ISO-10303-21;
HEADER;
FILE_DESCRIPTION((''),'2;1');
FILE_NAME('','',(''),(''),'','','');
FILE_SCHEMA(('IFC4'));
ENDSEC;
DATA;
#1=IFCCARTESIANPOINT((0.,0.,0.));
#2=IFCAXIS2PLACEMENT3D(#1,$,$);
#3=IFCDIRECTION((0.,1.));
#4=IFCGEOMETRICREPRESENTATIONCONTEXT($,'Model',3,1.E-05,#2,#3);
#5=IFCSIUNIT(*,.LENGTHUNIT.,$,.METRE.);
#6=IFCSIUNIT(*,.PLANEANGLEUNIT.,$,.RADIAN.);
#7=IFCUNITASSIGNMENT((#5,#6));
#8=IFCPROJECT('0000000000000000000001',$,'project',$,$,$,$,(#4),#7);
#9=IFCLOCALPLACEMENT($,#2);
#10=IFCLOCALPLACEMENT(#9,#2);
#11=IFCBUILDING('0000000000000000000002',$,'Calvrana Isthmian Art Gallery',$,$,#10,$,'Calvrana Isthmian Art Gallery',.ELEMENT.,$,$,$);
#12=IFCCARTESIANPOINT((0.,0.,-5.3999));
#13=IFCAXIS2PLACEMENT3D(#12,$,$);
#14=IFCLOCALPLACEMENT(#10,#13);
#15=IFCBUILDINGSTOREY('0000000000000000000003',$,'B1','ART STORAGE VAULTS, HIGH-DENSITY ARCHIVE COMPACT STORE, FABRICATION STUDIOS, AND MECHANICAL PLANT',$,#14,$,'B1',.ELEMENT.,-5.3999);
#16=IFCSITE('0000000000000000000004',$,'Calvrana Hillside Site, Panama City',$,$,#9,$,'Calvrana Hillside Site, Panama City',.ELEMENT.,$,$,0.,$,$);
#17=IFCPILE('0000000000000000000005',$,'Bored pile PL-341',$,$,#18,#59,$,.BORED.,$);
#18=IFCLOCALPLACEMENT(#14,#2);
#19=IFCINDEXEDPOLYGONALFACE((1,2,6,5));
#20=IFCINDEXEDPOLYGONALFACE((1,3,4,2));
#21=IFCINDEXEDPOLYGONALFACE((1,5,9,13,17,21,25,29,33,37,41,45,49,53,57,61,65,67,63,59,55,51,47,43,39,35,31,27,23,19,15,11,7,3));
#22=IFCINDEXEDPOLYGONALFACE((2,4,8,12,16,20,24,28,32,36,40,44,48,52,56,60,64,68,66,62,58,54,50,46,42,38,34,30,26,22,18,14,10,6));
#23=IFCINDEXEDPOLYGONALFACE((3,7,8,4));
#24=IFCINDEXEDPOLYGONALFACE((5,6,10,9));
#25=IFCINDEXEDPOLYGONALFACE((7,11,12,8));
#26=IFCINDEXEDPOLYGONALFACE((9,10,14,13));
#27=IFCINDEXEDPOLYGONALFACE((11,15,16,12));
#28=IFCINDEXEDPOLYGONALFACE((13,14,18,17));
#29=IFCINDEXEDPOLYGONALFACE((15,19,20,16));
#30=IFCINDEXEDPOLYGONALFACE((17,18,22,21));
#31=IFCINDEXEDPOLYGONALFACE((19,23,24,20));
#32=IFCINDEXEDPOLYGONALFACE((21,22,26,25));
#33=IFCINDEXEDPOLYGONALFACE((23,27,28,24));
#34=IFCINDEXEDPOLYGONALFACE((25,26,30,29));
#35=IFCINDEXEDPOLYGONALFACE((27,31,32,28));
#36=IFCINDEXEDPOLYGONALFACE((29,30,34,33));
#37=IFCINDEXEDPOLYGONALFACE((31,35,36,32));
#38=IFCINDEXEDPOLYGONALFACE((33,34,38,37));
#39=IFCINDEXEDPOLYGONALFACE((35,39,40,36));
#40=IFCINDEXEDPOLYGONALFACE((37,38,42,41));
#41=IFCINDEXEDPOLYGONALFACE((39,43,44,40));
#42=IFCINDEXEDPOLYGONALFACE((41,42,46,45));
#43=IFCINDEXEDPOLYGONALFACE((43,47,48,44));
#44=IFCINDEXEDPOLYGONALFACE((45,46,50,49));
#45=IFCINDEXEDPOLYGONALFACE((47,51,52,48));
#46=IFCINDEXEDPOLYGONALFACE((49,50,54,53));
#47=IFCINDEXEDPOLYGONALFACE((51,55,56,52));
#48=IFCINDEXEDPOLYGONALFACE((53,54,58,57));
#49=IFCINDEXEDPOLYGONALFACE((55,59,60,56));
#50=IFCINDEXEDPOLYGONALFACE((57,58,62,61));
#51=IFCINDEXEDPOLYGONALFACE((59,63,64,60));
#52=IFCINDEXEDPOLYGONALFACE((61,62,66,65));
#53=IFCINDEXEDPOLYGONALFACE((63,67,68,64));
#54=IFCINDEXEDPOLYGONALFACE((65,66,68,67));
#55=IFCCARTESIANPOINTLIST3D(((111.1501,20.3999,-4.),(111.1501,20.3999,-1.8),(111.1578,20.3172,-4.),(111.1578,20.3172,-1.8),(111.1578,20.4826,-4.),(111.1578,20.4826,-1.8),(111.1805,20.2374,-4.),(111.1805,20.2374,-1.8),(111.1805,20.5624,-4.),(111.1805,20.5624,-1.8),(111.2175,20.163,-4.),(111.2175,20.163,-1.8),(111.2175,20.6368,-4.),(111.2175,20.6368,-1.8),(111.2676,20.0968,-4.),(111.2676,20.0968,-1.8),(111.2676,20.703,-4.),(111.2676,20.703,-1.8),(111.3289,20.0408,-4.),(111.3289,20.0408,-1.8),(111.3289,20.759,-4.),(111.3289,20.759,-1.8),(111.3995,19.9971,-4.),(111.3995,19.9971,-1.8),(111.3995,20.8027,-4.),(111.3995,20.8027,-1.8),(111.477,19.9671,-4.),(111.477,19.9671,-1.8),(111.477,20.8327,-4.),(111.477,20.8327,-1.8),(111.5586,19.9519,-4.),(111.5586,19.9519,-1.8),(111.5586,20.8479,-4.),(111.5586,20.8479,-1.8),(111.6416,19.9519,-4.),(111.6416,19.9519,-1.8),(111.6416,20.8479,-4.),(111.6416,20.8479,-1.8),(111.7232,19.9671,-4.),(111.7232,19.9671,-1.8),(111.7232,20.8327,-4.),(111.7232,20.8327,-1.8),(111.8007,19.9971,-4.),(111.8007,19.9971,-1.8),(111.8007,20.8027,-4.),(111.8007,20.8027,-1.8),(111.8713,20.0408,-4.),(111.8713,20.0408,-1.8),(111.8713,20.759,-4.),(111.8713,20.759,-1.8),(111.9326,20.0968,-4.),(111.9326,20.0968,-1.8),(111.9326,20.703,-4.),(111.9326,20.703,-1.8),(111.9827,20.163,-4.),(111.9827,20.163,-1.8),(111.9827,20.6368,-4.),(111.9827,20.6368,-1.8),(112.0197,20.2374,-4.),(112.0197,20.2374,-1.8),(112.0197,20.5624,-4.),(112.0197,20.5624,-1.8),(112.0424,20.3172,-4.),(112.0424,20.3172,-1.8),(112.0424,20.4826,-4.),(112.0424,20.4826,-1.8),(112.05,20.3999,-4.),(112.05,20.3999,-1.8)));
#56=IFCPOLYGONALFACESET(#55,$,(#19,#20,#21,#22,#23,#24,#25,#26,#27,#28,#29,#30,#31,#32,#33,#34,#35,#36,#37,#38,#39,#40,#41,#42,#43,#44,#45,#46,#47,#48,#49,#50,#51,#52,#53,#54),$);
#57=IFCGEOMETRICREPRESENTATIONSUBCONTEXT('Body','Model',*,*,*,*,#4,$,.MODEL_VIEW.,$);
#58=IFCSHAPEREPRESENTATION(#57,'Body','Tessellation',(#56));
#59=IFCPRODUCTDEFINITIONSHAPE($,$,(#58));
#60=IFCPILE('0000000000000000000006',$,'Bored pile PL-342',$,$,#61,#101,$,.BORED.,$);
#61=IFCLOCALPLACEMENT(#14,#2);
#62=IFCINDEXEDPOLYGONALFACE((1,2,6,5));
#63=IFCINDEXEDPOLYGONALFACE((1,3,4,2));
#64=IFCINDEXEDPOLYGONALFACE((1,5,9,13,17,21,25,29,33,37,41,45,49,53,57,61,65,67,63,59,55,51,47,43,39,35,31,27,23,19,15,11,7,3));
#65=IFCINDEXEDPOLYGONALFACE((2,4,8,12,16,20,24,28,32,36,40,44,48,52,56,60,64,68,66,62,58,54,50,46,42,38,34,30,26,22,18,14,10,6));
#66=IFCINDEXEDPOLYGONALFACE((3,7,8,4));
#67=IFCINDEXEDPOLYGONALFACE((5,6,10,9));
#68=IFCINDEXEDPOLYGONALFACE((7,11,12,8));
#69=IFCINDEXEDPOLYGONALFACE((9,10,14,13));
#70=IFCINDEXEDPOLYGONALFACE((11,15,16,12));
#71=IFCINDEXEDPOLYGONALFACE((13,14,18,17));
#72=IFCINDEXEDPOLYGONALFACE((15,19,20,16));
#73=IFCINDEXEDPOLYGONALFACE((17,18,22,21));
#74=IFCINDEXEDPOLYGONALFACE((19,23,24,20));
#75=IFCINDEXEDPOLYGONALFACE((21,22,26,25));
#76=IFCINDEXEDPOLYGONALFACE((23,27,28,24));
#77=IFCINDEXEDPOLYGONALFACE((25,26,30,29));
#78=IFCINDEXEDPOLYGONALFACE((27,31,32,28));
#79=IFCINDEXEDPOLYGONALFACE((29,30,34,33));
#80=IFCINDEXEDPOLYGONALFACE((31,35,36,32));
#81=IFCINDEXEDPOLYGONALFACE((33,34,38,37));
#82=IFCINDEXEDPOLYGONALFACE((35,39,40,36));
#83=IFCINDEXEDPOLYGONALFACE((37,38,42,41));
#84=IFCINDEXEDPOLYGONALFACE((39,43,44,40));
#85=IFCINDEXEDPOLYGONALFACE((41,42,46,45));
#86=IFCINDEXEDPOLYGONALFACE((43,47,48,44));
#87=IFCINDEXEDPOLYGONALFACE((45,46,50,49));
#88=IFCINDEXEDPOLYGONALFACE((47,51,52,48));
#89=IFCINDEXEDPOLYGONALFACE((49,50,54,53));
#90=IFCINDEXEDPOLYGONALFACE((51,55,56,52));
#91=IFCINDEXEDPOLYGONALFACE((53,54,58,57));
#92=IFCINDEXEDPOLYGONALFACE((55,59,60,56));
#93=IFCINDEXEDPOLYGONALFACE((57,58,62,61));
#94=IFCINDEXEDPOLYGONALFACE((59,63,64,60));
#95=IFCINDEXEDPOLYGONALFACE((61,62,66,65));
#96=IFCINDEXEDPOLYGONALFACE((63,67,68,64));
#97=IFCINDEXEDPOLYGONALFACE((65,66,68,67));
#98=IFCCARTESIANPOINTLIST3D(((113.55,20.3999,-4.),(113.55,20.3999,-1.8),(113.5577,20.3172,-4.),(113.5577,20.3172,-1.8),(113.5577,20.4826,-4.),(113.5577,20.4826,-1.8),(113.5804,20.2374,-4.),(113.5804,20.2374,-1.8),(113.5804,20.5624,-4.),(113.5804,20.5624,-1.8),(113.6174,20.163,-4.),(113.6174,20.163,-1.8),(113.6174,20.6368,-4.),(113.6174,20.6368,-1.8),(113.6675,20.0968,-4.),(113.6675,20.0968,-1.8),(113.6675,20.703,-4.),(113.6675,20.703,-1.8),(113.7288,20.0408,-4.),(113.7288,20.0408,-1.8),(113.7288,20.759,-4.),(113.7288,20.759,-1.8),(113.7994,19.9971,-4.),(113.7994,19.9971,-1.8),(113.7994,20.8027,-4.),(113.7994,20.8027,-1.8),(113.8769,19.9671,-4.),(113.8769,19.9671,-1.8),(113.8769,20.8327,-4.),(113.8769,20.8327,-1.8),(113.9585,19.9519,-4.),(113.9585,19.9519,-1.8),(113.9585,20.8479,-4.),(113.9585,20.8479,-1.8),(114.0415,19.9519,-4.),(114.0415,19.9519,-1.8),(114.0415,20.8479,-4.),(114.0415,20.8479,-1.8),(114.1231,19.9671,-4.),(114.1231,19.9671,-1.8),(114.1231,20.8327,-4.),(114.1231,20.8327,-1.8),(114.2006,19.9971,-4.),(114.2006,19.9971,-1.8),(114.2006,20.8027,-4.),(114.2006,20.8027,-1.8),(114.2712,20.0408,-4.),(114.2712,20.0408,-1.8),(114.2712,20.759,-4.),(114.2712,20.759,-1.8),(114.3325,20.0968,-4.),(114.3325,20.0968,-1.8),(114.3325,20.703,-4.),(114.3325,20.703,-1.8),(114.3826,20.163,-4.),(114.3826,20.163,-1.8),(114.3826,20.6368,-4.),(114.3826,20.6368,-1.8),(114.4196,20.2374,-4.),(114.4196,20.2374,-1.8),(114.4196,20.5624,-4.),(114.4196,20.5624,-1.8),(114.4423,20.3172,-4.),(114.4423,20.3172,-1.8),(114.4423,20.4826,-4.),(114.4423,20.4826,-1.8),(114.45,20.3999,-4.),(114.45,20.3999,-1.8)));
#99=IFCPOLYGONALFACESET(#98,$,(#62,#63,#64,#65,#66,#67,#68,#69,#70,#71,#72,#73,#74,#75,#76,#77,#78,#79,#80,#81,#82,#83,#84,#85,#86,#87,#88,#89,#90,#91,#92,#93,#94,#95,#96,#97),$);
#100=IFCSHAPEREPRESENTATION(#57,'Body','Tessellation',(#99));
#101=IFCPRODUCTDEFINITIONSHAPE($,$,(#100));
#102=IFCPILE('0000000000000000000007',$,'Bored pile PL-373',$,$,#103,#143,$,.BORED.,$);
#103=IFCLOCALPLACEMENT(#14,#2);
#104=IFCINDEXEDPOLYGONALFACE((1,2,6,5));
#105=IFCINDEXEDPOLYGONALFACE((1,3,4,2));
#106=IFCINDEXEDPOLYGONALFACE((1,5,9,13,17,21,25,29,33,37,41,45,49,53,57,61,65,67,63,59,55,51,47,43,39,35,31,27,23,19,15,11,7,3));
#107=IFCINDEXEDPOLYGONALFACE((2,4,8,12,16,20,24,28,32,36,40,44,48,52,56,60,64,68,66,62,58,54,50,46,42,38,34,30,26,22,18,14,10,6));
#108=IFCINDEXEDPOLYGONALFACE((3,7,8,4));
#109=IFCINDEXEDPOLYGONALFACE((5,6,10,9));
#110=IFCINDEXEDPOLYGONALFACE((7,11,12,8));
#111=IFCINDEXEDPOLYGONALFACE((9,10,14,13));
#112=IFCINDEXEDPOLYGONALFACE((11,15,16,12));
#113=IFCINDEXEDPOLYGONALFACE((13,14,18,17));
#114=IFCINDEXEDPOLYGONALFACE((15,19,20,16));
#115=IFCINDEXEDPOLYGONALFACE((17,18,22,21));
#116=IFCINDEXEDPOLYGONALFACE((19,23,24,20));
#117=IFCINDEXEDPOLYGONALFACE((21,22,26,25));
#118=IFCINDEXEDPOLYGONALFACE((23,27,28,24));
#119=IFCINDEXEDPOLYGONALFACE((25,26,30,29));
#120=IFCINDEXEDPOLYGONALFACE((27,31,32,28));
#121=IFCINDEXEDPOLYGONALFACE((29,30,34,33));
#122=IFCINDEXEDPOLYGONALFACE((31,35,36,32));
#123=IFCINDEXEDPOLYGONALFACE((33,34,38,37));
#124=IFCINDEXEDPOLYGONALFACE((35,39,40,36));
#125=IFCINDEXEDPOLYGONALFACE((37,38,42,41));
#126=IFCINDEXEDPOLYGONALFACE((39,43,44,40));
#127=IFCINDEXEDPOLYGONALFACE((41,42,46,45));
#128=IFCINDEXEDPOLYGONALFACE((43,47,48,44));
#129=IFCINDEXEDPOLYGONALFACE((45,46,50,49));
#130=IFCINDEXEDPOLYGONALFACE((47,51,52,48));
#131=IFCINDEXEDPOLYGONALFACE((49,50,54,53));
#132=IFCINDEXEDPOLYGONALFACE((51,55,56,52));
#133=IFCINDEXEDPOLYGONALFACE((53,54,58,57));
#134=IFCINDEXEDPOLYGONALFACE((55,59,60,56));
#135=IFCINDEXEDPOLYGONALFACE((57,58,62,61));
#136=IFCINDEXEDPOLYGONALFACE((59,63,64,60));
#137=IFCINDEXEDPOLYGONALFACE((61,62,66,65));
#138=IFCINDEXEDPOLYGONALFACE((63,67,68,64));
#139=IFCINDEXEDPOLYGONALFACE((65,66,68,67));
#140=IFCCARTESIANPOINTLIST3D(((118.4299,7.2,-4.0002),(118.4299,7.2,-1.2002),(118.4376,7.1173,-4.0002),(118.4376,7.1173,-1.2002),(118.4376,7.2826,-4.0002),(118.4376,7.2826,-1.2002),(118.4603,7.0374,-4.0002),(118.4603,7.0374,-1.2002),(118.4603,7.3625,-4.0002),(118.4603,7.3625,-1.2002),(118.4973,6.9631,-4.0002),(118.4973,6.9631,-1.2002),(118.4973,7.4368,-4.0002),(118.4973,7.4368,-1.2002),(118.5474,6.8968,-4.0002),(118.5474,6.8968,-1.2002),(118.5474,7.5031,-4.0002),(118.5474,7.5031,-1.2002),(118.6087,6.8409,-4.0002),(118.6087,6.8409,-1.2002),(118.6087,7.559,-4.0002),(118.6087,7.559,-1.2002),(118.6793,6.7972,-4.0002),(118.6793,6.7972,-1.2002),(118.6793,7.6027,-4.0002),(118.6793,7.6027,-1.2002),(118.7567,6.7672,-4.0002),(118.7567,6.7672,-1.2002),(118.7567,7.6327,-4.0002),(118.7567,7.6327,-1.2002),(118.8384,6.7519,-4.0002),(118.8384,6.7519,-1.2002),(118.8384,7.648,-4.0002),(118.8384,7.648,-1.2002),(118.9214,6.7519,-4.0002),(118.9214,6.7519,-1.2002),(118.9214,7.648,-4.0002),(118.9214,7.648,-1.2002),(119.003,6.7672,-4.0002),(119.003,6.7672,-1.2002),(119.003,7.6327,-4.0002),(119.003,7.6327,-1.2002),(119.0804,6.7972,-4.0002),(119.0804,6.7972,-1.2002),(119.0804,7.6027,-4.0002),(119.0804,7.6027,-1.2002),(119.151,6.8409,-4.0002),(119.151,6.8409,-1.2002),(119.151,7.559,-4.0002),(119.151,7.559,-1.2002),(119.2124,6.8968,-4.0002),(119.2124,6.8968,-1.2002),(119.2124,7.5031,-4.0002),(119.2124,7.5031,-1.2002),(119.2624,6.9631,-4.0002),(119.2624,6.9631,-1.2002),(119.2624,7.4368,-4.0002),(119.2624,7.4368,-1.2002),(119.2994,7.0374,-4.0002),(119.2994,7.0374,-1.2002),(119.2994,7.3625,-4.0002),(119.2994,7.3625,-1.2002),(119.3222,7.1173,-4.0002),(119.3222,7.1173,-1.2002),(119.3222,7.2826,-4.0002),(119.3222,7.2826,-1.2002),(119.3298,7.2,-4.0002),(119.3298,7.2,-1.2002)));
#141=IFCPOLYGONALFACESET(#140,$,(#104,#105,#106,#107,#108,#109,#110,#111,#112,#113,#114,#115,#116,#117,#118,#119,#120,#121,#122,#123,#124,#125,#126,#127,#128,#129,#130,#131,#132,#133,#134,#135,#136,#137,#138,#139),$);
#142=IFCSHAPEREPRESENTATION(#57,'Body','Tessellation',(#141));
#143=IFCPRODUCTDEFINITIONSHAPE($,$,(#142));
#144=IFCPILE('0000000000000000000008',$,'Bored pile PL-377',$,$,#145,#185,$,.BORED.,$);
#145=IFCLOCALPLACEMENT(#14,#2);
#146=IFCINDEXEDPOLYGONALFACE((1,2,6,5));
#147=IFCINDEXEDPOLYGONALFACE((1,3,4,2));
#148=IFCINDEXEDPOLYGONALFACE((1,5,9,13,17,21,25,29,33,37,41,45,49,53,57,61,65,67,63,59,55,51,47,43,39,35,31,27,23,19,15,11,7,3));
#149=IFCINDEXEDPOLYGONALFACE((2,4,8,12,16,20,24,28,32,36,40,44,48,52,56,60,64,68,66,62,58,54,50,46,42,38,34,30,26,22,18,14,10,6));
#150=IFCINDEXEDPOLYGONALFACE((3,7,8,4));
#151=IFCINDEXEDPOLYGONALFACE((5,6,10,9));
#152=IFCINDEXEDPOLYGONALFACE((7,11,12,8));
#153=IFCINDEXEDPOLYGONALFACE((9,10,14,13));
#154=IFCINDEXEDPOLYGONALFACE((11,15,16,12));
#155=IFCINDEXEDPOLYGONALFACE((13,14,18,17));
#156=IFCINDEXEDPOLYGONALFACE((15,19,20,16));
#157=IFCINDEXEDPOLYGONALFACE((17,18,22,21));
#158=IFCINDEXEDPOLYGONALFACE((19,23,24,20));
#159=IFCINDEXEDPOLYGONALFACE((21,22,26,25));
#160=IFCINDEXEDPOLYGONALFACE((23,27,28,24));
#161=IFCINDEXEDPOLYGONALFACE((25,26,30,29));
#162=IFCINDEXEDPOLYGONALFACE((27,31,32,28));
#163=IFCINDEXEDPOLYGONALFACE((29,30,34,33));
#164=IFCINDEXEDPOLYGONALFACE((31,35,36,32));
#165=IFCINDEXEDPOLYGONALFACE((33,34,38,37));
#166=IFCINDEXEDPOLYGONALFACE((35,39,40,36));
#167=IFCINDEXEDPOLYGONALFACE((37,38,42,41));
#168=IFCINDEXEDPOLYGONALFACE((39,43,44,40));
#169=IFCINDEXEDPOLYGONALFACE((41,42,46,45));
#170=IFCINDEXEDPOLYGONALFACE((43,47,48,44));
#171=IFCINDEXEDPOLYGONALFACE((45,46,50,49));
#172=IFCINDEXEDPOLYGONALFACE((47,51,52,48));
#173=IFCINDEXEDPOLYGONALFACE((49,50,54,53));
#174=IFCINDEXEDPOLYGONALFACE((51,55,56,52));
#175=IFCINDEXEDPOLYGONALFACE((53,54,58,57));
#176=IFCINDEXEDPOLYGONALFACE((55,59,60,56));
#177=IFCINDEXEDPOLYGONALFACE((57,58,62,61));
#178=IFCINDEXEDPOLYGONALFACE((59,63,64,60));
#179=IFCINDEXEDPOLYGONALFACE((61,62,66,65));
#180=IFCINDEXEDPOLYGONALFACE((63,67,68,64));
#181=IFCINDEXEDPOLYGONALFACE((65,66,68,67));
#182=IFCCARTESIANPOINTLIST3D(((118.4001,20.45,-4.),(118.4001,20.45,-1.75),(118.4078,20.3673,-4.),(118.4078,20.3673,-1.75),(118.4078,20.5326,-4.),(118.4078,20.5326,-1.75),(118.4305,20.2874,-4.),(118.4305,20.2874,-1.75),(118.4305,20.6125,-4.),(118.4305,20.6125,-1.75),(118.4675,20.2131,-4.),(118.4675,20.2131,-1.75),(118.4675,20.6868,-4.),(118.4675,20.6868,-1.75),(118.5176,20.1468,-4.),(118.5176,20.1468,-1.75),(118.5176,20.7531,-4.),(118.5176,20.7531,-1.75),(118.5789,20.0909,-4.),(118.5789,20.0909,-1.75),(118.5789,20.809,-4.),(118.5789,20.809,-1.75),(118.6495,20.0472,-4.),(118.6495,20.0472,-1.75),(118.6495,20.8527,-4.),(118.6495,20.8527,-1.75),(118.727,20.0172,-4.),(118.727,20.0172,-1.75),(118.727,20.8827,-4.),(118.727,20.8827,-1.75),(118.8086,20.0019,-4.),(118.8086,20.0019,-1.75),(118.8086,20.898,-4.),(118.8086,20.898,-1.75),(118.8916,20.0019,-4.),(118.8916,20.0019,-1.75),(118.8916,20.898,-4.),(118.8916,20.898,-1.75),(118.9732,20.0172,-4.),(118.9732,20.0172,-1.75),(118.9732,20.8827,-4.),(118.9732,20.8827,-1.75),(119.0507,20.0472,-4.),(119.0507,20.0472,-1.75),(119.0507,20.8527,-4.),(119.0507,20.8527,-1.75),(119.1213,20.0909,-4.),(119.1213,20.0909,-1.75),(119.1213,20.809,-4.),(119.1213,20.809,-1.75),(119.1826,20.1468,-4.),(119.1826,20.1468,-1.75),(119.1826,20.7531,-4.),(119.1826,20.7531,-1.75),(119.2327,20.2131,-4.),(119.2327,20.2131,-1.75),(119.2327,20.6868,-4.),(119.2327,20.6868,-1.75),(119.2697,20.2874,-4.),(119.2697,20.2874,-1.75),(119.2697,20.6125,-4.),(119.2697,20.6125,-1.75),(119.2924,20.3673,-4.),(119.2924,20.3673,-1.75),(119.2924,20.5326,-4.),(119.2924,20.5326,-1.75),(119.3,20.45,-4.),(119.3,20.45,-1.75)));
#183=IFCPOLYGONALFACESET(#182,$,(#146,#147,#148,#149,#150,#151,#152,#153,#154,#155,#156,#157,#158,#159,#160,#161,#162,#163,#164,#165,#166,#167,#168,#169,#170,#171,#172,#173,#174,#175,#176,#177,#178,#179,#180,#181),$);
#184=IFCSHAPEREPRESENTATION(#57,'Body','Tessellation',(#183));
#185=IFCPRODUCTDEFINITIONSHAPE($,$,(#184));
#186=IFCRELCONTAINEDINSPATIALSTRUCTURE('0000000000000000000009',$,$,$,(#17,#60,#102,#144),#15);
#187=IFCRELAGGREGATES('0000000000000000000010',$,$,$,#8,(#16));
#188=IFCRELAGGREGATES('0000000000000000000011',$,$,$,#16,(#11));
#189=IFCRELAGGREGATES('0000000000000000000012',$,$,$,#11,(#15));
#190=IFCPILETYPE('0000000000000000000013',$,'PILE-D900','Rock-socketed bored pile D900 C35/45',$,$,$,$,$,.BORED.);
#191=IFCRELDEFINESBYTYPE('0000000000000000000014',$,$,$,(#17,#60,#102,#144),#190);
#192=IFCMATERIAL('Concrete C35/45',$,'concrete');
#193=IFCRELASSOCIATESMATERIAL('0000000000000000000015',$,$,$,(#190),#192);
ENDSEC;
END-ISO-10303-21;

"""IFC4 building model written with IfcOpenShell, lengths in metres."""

from ifc_helpers import new_model, si_unit, direction, frame, origin, origin_2d, place, context, subcontext, project, spatial, circle, extrude, material, material_profile, profile_set, type_object, element, save


model = new_model("IFC4")

# Units and contexts
model_context = context("Model", 3, precision=1e-05, world=origin(), true_north=direction((0.0, 1.0)))
body_context = subcontext(model_context, "Body", "Model", "MODEL_VIEW")
ifc_project = project(units=[si_unit("LENGTHUNIT", "METRE"), si_unit("PLANEANGLEUNIT", "RADIAN")], contexts=[model_context])

# Site, building, storey
site_placement = place(None, origin())
site = spatial("IfcSite", under=ifc_project, at=site_placement, Name="Calvrana Hillside Site, Panama City", LongName="Calvrana Hillside Site, Panama City", CompositionType="ELEMENT", RefElevation=0.0)
building_placement = place(site_placement, origin())
building = spatial("IfcBuilding", under=site, at=building_placement, Name="Calvrana Isthmian Art Gallery", LongName="Calvrana Isthmian Art Gallery", CompositionType="ELEMENT")
storey_placement = place(building_placement, frame((0.0, 0.0, -5.3999)))
storey = spatial("IfcBuildingStorey", under=building, at=storey_placement, Name="B1", Description="ART STORAGE VAULTS, HIGH-DENSITY ARCHIVE COMPACT STORE, FABRICATION STUDIOS, AND MECHANICAL PLANT", LongName="B1", CompositionType="ELEMENT", Elevation=-5.3999)

# Shared definitions
ifc_material_1 = material(Name="Concrete C35/45", Category="concrete")

# Piles
ifc_material_profile_1 = material_profile(ifc_material_1, circle(Radius=0.45, at=origin_2d()), Name="PILE900D")
ifc_profile_set_1 = profile_set([ifc_material_profile_1], Name="Concrete C35/45")
pile_type_1 = type_object("IfcPileType", Name="PILE-D900", Description="Rock-socketed bored pile D900 C35/45", PredefinedType="BORED", material=ifc_profile_set_1)
for number, where, z_axis, x_axis, name in (
    (1, (111.6001, 20.3999, -1.8), (0.0, 0.0, -1.0), (1.0, 0.0, 0.0), "Bored pile PL-341"),
    (2, (114.0, 20.3999, -1.8), (0.0, 0.0, -1.0), (1.0, 0.0, 0.0), "Bored pile PL-342"),
):
    element("IfcPile", number, at=place(storey_placement, frame(where, z_axis=z_axis, x_axis=x_axis)), inside=storey, type_object=pile_type_1, Name=name, PredefinedType="BORED", context=body_context, shape_type="SweptSolid", body=[
        extrude(circle(Radius=0.45, at=origin_2d()), origin(), (0.0, 0.0, 1.0), 2.2),
    ])
pile_1_placement = place(storey_placement, frame((118.8799, 7.2, -1.2002), z_axis=(0.0, 0.0, -1.0), x_axis=(1.0, 0.0, 0.0)))
element("IfcPile", 3, at=pile_1_placement, inside=storey, type_object=pile_type_1, Name="Bored pile PL-373", PredefinedType="BORED", context=body_context, shape_type="SweptSolid", body=[
    extrude(circle(Radius=0.45, at=origin_2d()), origin(), (0.0, 0.0, 1.0), 2.8),
])
pile_2_placement = place(storey_placement, frame((118.8501, 20.45, -1.75), z_axis=(0.0, 0.0, -1.0), x_axis=(1.0, 0.0, 0.0)))
element("IfcPile", 4, at=pile_2_placement, inside=storey, type_object=pile_type_1, Name="Bored pile PL-377", PredefinedType="BORED", context=body_context, shape_type="SweptSolid", body=[
    extrude(circle(Radius=0.45, at=origin_2d()), origin(), (0.0, 0.0, 1.0), 2.25),
])

save(model, "model.ifc")
